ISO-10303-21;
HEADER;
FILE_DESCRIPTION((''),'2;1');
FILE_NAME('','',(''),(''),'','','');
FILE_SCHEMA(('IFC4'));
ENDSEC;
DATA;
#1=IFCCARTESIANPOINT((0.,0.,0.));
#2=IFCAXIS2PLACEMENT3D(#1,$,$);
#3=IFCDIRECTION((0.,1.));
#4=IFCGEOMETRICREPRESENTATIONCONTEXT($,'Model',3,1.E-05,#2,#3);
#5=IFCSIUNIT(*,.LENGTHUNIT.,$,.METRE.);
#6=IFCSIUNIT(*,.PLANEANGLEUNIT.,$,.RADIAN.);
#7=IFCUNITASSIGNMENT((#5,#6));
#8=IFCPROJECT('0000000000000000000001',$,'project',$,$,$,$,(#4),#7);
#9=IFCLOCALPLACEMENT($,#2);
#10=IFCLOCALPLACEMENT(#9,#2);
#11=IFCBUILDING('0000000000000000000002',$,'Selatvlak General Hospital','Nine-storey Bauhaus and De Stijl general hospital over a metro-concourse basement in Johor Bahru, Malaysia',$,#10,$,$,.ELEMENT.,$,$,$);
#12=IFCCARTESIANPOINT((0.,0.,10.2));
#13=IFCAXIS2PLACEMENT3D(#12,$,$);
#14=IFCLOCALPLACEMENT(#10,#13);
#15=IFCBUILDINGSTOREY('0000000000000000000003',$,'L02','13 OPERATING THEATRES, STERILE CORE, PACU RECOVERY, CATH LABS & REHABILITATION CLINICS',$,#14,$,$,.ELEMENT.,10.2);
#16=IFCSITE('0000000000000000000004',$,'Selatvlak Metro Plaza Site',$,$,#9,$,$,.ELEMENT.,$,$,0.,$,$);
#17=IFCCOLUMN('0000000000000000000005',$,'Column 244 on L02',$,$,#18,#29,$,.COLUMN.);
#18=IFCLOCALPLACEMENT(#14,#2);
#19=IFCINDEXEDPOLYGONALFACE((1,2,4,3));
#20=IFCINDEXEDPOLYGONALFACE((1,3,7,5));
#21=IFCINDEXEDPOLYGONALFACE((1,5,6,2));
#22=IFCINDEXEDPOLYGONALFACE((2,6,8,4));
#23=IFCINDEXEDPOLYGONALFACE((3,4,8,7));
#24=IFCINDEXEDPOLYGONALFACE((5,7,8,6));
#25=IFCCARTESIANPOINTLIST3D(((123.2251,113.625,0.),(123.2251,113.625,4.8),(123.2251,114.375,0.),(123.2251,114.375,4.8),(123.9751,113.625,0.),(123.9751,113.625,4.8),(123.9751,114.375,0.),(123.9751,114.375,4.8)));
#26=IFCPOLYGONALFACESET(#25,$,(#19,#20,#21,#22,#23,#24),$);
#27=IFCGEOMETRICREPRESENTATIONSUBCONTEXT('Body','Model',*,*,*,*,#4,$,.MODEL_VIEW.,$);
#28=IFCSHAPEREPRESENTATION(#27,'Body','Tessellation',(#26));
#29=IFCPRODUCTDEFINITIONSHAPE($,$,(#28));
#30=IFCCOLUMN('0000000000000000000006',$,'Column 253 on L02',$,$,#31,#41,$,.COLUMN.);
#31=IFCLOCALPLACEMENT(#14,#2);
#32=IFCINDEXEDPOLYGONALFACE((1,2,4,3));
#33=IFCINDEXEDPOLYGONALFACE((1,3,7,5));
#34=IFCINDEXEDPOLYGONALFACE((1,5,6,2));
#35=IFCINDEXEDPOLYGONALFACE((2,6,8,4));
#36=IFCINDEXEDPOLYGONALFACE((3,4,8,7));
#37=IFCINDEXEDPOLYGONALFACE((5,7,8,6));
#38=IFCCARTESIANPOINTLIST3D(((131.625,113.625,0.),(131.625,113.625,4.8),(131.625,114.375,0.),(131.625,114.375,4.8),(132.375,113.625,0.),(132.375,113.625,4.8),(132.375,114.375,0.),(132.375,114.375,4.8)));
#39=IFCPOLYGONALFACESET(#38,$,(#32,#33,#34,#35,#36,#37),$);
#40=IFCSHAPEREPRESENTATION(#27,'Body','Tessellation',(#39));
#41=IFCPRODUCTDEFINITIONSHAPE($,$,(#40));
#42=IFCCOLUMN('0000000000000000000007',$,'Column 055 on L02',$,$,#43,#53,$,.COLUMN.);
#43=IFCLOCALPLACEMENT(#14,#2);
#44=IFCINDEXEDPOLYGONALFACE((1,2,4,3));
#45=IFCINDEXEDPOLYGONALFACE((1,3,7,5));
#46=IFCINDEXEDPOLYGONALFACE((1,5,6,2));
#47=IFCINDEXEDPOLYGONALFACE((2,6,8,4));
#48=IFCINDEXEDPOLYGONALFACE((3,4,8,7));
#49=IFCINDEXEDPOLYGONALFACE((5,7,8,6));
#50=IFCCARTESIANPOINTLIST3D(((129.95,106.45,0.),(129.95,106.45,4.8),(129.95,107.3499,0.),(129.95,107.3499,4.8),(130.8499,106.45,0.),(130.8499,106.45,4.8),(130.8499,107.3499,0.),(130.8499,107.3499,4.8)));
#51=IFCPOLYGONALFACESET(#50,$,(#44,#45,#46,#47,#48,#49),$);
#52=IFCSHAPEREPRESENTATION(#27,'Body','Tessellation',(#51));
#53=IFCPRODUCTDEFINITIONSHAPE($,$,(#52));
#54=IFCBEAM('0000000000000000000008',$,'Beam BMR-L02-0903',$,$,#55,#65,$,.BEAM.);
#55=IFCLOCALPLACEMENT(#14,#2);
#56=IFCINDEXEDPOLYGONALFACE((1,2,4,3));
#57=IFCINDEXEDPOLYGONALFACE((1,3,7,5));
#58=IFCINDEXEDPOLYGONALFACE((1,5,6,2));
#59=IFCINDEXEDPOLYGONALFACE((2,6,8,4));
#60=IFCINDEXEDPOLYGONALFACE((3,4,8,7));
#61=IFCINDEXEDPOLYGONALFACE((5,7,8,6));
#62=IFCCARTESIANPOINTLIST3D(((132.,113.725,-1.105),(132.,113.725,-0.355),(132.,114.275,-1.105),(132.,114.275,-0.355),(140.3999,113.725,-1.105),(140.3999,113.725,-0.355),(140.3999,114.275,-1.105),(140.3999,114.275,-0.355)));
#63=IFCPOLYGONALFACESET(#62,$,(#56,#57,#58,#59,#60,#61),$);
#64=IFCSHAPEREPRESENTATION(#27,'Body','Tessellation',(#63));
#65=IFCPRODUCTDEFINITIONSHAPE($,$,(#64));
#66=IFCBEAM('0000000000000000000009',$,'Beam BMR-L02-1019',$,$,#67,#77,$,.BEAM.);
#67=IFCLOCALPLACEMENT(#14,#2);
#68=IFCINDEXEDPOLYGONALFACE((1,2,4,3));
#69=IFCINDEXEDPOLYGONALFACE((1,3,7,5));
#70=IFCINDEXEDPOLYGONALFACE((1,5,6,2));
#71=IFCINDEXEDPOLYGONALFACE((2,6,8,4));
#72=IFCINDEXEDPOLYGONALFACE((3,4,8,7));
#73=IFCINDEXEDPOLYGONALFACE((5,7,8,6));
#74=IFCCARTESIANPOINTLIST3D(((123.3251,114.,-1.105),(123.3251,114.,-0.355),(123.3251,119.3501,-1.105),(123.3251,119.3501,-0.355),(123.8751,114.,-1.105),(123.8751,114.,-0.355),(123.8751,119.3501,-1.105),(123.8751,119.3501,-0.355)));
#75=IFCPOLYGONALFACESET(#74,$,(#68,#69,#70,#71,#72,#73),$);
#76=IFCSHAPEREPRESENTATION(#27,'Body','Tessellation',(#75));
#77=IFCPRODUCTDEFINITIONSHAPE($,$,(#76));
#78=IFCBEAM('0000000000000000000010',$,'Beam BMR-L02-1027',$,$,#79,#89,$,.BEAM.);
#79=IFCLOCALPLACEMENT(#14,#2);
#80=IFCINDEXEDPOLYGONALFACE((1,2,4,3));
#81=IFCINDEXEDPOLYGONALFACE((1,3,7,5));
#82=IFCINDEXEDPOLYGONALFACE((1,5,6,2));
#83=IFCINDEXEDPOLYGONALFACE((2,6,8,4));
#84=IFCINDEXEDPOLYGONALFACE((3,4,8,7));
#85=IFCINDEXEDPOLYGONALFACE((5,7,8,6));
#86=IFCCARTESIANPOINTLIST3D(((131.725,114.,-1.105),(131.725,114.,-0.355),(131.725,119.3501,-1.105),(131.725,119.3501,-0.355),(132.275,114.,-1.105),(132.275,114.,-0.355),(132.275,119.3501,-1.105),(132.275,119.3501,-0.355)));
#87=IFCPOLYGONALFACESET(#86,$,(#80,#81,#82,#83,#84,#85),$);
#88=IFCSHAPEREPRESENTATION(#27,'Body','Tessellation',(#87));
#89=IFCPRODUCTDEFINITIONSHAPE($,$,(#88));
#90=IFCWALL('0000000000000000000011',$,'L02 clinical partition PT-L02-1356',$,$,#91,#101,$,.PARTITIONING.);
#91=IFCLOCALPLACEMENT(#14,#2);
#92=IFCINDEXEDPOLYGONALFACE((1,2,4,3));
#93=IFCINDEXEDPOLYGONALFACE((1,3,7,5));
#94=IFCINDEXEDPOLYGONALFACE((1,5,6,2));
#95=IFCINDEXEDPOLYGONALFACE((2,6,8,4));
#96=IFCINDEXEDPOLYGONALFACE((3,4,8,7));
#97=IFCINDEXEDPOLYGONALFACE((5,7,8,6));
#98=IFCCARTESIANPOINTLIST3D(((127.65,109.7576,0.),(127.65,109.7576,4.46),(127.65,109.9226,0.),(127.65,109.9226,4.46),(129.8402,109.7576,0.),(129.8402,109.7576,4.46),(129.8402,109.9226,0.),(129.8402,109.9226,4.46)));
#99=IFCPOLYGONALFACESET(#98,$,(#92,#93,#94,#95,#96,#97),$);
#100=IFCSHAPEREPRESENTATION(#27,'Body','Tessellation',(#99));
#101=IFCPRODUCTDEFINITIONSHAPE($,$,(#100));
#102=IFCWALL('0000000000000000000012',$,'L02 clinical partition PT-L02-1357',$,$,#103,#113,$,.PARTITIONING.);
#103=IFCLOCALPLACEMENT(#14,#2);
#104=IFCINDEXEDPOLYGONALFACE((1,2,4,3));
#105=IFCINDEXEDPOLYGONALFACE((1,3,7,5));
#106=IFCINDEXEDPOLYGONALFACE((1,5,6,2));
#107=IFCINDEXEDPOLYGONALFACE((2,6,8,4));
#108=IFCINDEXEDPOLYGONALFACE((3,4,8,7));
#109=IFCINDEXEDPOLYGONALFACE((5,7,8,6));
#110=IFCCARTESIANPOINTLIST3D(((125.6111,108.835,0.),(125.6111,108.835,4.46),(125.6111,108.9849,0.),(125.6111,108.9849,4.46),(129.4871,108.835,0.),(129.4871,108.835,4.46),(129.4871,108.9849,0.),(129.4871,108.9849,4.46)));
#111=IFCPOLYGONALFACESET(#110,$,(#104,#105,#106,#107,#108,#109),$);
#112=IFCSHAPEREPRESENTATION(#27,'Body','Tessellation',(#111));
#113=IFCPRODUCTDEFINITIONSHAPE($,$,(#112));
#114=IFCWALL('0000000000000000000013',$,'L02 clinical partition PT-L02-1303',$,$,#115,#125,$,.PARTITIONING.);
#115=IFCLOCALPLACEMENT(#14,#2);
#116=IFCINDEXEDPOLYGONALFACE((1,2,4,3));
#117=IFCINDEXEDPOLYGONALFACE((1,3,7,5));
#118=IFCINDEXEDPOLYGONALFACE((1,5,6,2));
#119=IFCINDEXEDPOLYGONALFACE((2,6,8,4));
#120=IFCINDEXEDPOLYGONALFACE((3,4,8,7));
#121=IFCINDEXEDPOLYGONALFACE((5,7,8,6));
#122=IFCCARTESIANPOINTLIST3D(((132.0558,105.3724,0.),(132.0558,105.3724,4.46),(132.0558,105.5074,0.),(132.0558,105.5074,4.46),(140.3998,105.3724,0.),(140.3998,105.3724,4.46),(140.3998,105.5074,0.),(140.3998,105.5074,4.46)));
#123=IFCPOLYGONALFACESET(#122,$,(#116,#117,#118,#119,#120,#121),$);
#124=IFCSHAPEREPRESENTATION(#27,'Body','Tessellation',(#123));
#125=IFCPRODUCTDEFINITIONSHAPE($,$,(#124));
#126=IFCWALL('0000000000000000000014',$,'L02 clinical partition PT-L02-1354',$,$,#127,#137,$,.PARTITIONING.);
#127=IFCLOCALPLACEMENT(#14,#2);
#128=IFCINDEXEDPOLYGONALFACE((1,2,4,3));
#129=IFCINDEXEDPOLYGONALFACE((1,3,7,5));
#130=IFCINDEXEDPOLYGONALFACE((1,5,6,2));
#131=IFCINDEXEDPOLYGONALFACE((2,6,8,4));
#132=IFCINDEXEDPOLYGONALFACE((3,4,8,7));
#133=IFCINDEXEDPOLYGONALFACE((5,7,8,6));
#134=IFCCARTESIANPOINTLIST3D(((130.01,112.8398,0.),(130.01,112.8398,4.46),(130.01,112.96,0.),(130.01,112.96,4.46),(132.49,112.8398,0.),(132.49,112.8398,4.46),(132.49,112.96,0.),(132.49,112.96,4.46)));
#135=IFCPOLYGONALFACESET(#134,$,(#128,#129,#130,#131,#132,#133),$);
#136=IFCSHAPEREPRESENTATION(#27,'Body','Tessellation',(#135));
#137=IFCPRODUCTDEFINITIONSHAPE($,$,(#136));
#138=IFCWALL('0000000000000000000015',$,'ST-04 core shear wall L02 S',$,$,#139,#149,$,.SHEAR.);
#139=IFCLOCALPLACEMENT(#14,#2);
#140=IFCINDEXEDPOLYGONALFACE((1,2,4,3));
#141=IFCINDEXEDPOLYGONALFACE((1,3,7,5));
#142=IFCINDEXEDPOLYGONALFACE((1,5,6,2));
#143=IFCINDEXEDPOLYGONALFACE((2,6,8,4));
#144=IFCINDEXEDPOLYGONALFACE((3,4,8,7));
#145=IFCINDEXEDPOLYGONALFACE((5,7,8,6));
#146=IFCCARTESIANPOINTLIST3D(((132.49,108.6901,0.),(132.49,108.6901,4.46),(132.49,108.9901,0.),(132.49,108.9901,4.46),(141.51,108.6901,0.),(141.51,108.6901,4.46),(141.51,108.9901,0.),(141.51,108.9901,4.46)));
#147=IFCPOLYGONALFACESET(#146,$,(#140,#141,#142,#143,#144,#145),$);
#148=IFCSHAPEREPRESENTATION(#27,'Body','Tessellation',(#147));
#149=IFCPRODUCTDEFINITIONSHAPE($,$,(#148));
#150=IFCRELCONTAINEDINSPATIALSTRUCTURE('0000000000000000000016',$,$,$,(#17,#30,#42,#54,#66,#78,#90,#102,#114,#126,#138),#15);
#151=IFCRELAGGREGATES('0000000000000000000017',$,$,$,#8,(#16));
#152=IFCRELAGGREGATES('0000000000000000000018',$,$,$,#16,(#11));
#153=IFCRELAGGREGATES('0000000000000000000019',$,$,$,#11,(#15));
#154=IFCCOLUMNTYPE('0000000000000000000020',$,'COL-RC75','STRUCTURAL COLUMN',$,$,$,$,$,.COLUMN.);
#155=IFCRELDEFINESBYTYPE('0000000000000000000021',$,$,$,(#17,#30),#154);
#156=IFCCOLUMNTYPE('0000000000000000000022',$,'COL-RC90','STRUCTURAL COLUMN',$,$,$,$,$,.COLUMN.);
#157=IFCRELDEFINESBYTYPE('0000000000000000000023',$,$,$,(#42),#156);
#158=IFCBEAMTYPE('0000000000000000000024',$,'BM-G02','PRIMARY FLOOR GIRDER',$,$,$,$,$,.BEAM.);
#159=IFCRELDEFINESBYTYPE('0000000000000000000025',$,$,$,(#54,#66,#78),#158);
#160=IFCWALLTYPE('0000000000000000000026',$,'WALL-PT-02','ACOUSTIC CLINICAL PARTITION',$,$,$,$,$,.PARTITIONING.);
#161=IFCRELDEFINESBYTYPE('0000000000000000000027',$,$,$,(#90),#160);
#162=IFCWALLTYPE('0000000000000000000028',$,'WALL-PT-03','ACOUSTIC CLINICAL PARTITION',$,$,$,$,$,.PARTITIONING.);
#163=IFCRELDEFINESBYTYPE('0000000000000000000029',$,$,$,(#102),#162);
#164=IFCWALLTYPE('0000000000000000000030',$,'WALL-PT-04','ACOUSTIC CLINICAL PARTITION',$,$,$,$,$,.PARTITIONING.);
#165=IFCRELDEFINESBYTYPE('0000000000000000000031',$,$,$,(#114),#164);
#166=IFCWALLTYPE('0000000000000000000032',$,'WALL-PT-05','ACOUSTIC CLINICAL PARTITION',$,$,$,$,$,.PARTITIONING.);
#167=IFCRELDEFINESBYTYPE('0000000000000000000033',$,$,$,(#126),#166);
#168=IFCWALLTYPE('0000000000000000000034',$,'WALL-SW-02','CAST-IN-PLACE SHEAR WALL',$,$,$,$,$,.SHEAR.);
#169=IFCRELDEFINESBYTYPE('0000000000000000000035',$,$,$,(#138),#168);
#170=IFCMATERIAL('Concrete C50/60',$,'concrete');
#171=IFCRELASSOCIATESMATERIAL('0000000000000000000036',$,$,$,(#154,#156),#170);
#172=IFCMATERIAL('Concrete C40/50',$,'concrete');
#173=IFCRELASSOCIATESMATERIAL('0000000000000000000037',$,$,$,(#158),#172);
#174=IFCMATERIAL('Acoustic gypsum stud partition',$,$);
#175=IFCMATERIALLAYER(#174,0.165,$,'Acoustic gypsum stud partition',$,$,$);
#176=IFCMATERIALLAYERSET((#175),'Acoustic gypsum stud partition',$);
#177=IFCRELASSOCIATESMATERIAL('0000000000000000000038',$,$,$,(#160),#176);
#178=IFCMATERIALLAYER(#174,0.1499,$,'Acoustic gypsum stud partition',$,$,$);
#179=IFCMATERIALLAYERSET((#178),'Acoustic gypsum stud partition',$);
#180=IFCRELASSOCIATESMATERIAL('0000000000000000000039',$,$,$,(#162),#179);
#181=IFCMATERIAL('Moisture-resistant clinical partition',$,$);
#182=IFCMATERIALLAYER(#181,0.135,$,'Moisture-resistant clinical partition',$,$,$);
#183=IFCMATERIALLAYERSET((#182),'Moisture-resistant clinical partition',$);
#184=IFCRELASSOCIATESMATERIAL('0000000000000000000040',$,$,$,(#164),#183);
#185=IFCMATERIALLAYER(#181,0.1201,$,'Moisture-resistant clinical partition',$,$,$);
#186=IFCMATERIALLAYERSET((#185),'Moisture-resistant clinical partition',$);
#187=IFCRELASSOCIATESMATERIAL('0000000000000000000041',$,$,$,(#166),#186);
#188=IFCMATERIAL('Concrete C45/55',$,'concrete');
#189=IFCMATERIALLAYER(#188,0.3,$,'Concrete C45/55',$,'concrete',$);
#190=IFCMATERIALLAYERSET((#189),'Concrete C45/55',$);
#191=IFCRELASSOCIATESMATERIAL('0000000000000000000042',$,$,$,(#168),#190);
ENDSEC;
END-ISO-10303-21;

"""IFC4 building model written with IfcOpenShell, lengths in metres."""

from ifc_helpers import new_model, si_unit, direction, frame, frame_2d, origin, origin_2d, place, context, subcontext, project, spatial, rectangle, extrude, material, layer, layer_set, material_profile, profile_set, type_object, element, save


model = new_model("IFC4")

# Units and contexts
model_context = context("Model", 3, precision=1e-05, world=origin(), true_north=direction((0.0, 1.0)))
body_context = subcontext(model_context, "Body", "Model", "MODEL_VIEW")
ifc_project = project(units=[si_unit("LENGTHUNIT", "METRE"), si_unit("PLANEANGLEUNIT", "RADIAN")], contexts=[model_context])

# Site, building, storey
site_placement = place(None, origin())
site = spatial("IfcSite", under=ifc_project, at=site_placement, Name="Selatvlak Metro Plaza Site", CompositionType="ELEMENT", RefElevation=0.0)
building_placement = place(site_placement, origin())
building = spatial("IfcBuilding", under=site, at=building_placement, Name="Selatvlak General Hospital", Description="Nine-storey Bauhaus and De Stijl general hospital over a metro-concourse basement in Johor Bahru, Malaysia", CompositionType="ELEMENT")
storey_placement = place(building_placement, frame((0.0, 0.0, 10.2)))
storey = spatial("IfcBuildingStorey", under=building, at=storey_placement, Name="L02", Description="13 OPERATING THEATRES, STERILE CORE, PACU RECOVERY, CATH LABS & REHABILITATION CLINICS", CompositionType="ELEMENT", Elevation=10.2)

# Columns
ifc_material_1 = material(Name="Concrete C50/60", Category="concrete")
ifc_material_profile_1 = material_profile(ifc_material_1, rectangle(XDim=0.75, YDim=0.75, at=origin_2d()), Name="RC-COL 750x750")
ifc_profile_set_1 = profile_set([ifc_material_profile_1], Name="Concrete C50/60")
column_type_1 = type_object("IfcColumnType", Name="COL-RC75", Description="STRUCTURAL COLUMN", PredefinedType="COLUMN", material=ifc_profile_set_1)
for number, where, z_axis, x_axis, name in (
    (1, (123.6001, 114.0, 0.0), (0.0, 0.0, 1.0), (1.0, 0.0, 0.0), "Column 244 on L02"),
    (2, (132.0, 114.0, 0.0), (0.0, 0.0, 1.0), (1.0, 0.0, 0.0), "Column 253 on L02"),
):
    element("IfcColumn", number, at=place(storey_placement, frame(where, z_axis=z_axis, x_axis=x_axis)), inside=storey, type_object=column_type_1, Name=name, PredefinedType="COLUMN", context=body_context, shape_type="SweptSolid", body=[
        extrude(rectangle(XDim=0.75, YDim=0.75, at=origin_2d()), origin(), (0.0, 0.0, 1.0), 4.8),
    ])
ifc_material_profile_2 = material_profile(ifc_material_1, rectangle(XDim=0.8999, YDim=0.8999, at=origin_2d()), Name="RC-COL 900x900")
ifc_profile_set_2 = profile_set([ifc_material_profile_2], Name="Concrete C50/60")
column_type_2 = type_object("IfcColumnType", Name="COL-RC90", Description="STRUCTURAL COLUMN", PredefinedType="COLUMN", material=ifc_profile_set_2)
column_placement = place(storey_placement, frame((130.3999, 106.8999, 0.0), z_axis=(0.0, 0.0, 1.0), x_axis=(1.0, 0.0, 0.0)))
element("IfcColumn", 3, at=column_placement, inside=storey, type_object=column_type_2, Name="Column 055 on L02", PredefinedType="COLUMN", context=body_context, shape_type="SweptSolid", body=[
    extrude(rectangle(XDim=0.8999, YDim=0.8999, at=origin_2d()), origin(), (0.0, 0.0, 1.0), 4.8),
])

# Beams
ifc_material_2 = material(Name="Concrete C40/50", Category="concrete")
ifc_material_profile_3 = material_profile(ifc_material_2, rectangle(XDim=0.55, YDim=0.75, at=origin_2d()), Name="RC-BM 550x750")
ifc_profile_set_3 = profile_set([ifc_material_profile_3], Name="Concrete C40/50")
beam_type = type_object("IfcBeamType", Name="BM-G02", Description="PRIMARY FLOOR GIRDER", PredefinedType="BEAM", material=ifc_profile_set_3)
beam_placement = place(storey_placement, frame((132.0, 114.0, -0.73), z_axis=(1.0, 0.0, 0.0), x_axis=(0.0, 1.0, 0.0)))
element("IfcBeam", 4, at=beam_placement, inside=storey, type_object=beam_type, Name="Beam BMR-L02-0903", PredefinedType="BEAM", context=body_context, shape_type="SweptSolid", body=[
    extrude(rectangle(XDim=0.55, YDim=0.75, at=origin_2d()), origin(), (0.0, 0.0, 1.0), 8.3999),
])
for number, where, z_axis, x_axis, name in (
    (5, (123.6001, 114.0, -0.73), (0.0, 1.0, 0.0), (-1.0, 0.0, 0.0), "Beam BMR-L02-1019"),
    (6, (132.0, 114.0, -0.73), (0.0, 1.0, 0.0), (-1.0, 0.0, 0.0), "Beam BMR-L02-1027"),
):
    element("IfcBeam", number, at=place(storey_placement, frame(where, z_axis=z_axis, x_axis=x_axis)), inside=storey, type_object=beam_type, Name=name, PredefinedType="BEAM", context=body_context, shape_type="SweptSolid", body=[
        extrude(rectangle(XDim=0.55, YDim=0.75, at=origin_2d()), origin(), (0.0, 0.0, 1.0), 5.3501),
    ])

# Shared definitions
ifc_material_3 = material(Name="Acoustic gypsum stud partition")

# Walls
ifc_layer_1 = layer(ifc_material_3, 0.165, Name="Acoustic gypsum stud partition")
ifc_layer_set_1 = layer_set([ifc_layer_1], Name="Acoustic gypsum stud partition")
wall_type_1 = type_object("IfcWallType", Name="WALL-PT-02", Description="ACOUSTIC CLINICAL PARTITION", PredefinedType="PARTITIONING", material=ifc_layer_set_1)
wall_1_placement = place(storey_placement, frame((127.6499, 109.8401, 0.0), z_axis=(0.0, 0.0, 1.0), x_axis=(1.0, 0.0, 0.0)))
element("IfcWall", 7, at=wall_1_placement, inside=storey, type_object=wall_type_1, Name="L02 clinical partition PT-L02-1356", PredefinedType="PARTITIONING", context=body_context, shape_type="SweptSolid", body=[
    extrude(rectangle(XDim=2.1902, YDim=0.165, at=frame_2d((1.0952, 0.0))), origin(), (0.0, 0.0, 1.0), 4.46),
])
ifc_layer_2 = layer(ifc_material_3, 0.1499, Name="Acoustic gypsum stud partition")
ifc_layer_set_2 = layer_set([ifc_layer_2], Name="Acoustic gypsum stud partition")
wall_type_2 = type_object("IfcWallType", Name="WALL-PT-03", Description="ACOUSTIC CLINICAL PARTITION", PredefinedType="PARTITIONING", material=ifc_layer_set_2)
wall_2_placement = place(storey_placement, frame((129.4871, 108.9099, 0.0), z_axis=(0.0, 0.0, 1.0), x_axis=(-1.0, 0.0, 0.0)))
element("IfcWall", 8, at=wall_2_placement, inside=storey, type_object=wall_type_2, Name="L02 clinical partition PT-L02-1357", PredefinedType="PARTITIONING", context=body_context, shape_type="SweptSolid", body=[
    extrude(rectangle(XDim=3.876, YDim=0.1499, at=frame_2d((1.938, 0.0))), origin(), (0.0, 0.0, 1.0), 4.46),
])
ifc_material_4 = material(Name="Moisture-resistant clinical partition")
ifc_layer_3 = layer(ifc_material_4, 0.135, Name="Moisture-resistant clinical partition")
ifc_layer_set_3 = layer_set([ifc_layer_3], Name="Moisture-resistant clinical partition")
wall_type_3 = type_object("IfcWallType", Name="WALL-PT-04", Description="ACOUSTIC CLINICAL PARTITION", PredefinedType="PARTITIONING", material=ifc_layer_set_3)
wall_3_placement = place(storey_placement, frame((132.0559, 105.4399, 0.0), z_axis=(0.0, 0.0, 1.0), x_axis=(1.0, 0.0, 0.0)))
element("IfcWall", 9, at=wall_3_placement, inside=storey, type_object=wall_type_3, Name="L02 clinical partition PT-L02-1303", PredefinedType="PARTITIONING", context=body_context, shape_type="SweptSolid", body=[
    extrude(rectangle(XDim=8.344, YDim=0.135, at=frame_2d((4.1719, 0.0))), origin(), (0.0, 0.0, 1.0), 4.46),
])
ifc_layer_4 = layer(ifc_material_4, 0.1201, Name="Moisture-resistant clinical partition")
ifc_layer_set_4 = layer_set([ifc_layer_4], Name="Moisture-resistant clinical partition")
wall_type_4 = type_object("IfcWallType", Name="WALL-PT-05", Description="ACOUSTIC CLINICAL PARTITION", PredefinedType="PARTITIONING", material=ifc_layer_set_4)
wall_4_placement = place(storey_placement, frame((132.49, 112.8999, 0.0), z_axis=(0.0, 0.0, 1.0), x_axis=(-1.0, 0.0, 0.0)))
element("IfcWall", 10, at=wall_4_placement, inside=storey, type_object=wall_type_4, Name="L02 clinical partition PT-L02-1354", PredefinedType="PARTITIONING", context=body_context, shape_type="SweptSolid", body=[
    extrude(rectangle(XDim=2.48, YDim=0.1201, at=frame_2d((1.24, 0.0))), origin(), (0.0, 0.0, 1.0), 4.46),
])
ifc_material_5 = material(Name="Concrete C45/55", Category="concrete")
ifc_layer_5 = layer(ifc_material_5, 0.3, Name="Concrete C45/55", Category="concrete")
ifc_layer_set_5 = layer_set([ifc_layer_5], Name="Concrete C45/55")
wall_type_5 = type_object("IfcWallType", Name="WALL-SW-02", Description="CAST-IN-PLACE SHEAR WALL", PredefinedType="SHEAR", material=ifc_layer_set_5)
wall_5_placement = place(storey_placement, frame((132.49, 108.8401, 0.0), z_axis=(0.0, 0.0, 1.0), x_axis=(1.0, 0.0, 0.0)))
element("IfcWall", 11, at=wall_5_placement, inside=storey, type_object=wall_type_5, Name="ST-04 core shear wall L02 S", PredefinedType="SHEAR", context=body_context, shape_type="SweptSolid", body=[
    extrude(rectangle(XDim=9.02, YDim=0.3, at=frame_2d((4.51, 0.0))), origin(), (0.0, 0.0, 1.0), 4.46),
])

save(model, "model.ifc")
